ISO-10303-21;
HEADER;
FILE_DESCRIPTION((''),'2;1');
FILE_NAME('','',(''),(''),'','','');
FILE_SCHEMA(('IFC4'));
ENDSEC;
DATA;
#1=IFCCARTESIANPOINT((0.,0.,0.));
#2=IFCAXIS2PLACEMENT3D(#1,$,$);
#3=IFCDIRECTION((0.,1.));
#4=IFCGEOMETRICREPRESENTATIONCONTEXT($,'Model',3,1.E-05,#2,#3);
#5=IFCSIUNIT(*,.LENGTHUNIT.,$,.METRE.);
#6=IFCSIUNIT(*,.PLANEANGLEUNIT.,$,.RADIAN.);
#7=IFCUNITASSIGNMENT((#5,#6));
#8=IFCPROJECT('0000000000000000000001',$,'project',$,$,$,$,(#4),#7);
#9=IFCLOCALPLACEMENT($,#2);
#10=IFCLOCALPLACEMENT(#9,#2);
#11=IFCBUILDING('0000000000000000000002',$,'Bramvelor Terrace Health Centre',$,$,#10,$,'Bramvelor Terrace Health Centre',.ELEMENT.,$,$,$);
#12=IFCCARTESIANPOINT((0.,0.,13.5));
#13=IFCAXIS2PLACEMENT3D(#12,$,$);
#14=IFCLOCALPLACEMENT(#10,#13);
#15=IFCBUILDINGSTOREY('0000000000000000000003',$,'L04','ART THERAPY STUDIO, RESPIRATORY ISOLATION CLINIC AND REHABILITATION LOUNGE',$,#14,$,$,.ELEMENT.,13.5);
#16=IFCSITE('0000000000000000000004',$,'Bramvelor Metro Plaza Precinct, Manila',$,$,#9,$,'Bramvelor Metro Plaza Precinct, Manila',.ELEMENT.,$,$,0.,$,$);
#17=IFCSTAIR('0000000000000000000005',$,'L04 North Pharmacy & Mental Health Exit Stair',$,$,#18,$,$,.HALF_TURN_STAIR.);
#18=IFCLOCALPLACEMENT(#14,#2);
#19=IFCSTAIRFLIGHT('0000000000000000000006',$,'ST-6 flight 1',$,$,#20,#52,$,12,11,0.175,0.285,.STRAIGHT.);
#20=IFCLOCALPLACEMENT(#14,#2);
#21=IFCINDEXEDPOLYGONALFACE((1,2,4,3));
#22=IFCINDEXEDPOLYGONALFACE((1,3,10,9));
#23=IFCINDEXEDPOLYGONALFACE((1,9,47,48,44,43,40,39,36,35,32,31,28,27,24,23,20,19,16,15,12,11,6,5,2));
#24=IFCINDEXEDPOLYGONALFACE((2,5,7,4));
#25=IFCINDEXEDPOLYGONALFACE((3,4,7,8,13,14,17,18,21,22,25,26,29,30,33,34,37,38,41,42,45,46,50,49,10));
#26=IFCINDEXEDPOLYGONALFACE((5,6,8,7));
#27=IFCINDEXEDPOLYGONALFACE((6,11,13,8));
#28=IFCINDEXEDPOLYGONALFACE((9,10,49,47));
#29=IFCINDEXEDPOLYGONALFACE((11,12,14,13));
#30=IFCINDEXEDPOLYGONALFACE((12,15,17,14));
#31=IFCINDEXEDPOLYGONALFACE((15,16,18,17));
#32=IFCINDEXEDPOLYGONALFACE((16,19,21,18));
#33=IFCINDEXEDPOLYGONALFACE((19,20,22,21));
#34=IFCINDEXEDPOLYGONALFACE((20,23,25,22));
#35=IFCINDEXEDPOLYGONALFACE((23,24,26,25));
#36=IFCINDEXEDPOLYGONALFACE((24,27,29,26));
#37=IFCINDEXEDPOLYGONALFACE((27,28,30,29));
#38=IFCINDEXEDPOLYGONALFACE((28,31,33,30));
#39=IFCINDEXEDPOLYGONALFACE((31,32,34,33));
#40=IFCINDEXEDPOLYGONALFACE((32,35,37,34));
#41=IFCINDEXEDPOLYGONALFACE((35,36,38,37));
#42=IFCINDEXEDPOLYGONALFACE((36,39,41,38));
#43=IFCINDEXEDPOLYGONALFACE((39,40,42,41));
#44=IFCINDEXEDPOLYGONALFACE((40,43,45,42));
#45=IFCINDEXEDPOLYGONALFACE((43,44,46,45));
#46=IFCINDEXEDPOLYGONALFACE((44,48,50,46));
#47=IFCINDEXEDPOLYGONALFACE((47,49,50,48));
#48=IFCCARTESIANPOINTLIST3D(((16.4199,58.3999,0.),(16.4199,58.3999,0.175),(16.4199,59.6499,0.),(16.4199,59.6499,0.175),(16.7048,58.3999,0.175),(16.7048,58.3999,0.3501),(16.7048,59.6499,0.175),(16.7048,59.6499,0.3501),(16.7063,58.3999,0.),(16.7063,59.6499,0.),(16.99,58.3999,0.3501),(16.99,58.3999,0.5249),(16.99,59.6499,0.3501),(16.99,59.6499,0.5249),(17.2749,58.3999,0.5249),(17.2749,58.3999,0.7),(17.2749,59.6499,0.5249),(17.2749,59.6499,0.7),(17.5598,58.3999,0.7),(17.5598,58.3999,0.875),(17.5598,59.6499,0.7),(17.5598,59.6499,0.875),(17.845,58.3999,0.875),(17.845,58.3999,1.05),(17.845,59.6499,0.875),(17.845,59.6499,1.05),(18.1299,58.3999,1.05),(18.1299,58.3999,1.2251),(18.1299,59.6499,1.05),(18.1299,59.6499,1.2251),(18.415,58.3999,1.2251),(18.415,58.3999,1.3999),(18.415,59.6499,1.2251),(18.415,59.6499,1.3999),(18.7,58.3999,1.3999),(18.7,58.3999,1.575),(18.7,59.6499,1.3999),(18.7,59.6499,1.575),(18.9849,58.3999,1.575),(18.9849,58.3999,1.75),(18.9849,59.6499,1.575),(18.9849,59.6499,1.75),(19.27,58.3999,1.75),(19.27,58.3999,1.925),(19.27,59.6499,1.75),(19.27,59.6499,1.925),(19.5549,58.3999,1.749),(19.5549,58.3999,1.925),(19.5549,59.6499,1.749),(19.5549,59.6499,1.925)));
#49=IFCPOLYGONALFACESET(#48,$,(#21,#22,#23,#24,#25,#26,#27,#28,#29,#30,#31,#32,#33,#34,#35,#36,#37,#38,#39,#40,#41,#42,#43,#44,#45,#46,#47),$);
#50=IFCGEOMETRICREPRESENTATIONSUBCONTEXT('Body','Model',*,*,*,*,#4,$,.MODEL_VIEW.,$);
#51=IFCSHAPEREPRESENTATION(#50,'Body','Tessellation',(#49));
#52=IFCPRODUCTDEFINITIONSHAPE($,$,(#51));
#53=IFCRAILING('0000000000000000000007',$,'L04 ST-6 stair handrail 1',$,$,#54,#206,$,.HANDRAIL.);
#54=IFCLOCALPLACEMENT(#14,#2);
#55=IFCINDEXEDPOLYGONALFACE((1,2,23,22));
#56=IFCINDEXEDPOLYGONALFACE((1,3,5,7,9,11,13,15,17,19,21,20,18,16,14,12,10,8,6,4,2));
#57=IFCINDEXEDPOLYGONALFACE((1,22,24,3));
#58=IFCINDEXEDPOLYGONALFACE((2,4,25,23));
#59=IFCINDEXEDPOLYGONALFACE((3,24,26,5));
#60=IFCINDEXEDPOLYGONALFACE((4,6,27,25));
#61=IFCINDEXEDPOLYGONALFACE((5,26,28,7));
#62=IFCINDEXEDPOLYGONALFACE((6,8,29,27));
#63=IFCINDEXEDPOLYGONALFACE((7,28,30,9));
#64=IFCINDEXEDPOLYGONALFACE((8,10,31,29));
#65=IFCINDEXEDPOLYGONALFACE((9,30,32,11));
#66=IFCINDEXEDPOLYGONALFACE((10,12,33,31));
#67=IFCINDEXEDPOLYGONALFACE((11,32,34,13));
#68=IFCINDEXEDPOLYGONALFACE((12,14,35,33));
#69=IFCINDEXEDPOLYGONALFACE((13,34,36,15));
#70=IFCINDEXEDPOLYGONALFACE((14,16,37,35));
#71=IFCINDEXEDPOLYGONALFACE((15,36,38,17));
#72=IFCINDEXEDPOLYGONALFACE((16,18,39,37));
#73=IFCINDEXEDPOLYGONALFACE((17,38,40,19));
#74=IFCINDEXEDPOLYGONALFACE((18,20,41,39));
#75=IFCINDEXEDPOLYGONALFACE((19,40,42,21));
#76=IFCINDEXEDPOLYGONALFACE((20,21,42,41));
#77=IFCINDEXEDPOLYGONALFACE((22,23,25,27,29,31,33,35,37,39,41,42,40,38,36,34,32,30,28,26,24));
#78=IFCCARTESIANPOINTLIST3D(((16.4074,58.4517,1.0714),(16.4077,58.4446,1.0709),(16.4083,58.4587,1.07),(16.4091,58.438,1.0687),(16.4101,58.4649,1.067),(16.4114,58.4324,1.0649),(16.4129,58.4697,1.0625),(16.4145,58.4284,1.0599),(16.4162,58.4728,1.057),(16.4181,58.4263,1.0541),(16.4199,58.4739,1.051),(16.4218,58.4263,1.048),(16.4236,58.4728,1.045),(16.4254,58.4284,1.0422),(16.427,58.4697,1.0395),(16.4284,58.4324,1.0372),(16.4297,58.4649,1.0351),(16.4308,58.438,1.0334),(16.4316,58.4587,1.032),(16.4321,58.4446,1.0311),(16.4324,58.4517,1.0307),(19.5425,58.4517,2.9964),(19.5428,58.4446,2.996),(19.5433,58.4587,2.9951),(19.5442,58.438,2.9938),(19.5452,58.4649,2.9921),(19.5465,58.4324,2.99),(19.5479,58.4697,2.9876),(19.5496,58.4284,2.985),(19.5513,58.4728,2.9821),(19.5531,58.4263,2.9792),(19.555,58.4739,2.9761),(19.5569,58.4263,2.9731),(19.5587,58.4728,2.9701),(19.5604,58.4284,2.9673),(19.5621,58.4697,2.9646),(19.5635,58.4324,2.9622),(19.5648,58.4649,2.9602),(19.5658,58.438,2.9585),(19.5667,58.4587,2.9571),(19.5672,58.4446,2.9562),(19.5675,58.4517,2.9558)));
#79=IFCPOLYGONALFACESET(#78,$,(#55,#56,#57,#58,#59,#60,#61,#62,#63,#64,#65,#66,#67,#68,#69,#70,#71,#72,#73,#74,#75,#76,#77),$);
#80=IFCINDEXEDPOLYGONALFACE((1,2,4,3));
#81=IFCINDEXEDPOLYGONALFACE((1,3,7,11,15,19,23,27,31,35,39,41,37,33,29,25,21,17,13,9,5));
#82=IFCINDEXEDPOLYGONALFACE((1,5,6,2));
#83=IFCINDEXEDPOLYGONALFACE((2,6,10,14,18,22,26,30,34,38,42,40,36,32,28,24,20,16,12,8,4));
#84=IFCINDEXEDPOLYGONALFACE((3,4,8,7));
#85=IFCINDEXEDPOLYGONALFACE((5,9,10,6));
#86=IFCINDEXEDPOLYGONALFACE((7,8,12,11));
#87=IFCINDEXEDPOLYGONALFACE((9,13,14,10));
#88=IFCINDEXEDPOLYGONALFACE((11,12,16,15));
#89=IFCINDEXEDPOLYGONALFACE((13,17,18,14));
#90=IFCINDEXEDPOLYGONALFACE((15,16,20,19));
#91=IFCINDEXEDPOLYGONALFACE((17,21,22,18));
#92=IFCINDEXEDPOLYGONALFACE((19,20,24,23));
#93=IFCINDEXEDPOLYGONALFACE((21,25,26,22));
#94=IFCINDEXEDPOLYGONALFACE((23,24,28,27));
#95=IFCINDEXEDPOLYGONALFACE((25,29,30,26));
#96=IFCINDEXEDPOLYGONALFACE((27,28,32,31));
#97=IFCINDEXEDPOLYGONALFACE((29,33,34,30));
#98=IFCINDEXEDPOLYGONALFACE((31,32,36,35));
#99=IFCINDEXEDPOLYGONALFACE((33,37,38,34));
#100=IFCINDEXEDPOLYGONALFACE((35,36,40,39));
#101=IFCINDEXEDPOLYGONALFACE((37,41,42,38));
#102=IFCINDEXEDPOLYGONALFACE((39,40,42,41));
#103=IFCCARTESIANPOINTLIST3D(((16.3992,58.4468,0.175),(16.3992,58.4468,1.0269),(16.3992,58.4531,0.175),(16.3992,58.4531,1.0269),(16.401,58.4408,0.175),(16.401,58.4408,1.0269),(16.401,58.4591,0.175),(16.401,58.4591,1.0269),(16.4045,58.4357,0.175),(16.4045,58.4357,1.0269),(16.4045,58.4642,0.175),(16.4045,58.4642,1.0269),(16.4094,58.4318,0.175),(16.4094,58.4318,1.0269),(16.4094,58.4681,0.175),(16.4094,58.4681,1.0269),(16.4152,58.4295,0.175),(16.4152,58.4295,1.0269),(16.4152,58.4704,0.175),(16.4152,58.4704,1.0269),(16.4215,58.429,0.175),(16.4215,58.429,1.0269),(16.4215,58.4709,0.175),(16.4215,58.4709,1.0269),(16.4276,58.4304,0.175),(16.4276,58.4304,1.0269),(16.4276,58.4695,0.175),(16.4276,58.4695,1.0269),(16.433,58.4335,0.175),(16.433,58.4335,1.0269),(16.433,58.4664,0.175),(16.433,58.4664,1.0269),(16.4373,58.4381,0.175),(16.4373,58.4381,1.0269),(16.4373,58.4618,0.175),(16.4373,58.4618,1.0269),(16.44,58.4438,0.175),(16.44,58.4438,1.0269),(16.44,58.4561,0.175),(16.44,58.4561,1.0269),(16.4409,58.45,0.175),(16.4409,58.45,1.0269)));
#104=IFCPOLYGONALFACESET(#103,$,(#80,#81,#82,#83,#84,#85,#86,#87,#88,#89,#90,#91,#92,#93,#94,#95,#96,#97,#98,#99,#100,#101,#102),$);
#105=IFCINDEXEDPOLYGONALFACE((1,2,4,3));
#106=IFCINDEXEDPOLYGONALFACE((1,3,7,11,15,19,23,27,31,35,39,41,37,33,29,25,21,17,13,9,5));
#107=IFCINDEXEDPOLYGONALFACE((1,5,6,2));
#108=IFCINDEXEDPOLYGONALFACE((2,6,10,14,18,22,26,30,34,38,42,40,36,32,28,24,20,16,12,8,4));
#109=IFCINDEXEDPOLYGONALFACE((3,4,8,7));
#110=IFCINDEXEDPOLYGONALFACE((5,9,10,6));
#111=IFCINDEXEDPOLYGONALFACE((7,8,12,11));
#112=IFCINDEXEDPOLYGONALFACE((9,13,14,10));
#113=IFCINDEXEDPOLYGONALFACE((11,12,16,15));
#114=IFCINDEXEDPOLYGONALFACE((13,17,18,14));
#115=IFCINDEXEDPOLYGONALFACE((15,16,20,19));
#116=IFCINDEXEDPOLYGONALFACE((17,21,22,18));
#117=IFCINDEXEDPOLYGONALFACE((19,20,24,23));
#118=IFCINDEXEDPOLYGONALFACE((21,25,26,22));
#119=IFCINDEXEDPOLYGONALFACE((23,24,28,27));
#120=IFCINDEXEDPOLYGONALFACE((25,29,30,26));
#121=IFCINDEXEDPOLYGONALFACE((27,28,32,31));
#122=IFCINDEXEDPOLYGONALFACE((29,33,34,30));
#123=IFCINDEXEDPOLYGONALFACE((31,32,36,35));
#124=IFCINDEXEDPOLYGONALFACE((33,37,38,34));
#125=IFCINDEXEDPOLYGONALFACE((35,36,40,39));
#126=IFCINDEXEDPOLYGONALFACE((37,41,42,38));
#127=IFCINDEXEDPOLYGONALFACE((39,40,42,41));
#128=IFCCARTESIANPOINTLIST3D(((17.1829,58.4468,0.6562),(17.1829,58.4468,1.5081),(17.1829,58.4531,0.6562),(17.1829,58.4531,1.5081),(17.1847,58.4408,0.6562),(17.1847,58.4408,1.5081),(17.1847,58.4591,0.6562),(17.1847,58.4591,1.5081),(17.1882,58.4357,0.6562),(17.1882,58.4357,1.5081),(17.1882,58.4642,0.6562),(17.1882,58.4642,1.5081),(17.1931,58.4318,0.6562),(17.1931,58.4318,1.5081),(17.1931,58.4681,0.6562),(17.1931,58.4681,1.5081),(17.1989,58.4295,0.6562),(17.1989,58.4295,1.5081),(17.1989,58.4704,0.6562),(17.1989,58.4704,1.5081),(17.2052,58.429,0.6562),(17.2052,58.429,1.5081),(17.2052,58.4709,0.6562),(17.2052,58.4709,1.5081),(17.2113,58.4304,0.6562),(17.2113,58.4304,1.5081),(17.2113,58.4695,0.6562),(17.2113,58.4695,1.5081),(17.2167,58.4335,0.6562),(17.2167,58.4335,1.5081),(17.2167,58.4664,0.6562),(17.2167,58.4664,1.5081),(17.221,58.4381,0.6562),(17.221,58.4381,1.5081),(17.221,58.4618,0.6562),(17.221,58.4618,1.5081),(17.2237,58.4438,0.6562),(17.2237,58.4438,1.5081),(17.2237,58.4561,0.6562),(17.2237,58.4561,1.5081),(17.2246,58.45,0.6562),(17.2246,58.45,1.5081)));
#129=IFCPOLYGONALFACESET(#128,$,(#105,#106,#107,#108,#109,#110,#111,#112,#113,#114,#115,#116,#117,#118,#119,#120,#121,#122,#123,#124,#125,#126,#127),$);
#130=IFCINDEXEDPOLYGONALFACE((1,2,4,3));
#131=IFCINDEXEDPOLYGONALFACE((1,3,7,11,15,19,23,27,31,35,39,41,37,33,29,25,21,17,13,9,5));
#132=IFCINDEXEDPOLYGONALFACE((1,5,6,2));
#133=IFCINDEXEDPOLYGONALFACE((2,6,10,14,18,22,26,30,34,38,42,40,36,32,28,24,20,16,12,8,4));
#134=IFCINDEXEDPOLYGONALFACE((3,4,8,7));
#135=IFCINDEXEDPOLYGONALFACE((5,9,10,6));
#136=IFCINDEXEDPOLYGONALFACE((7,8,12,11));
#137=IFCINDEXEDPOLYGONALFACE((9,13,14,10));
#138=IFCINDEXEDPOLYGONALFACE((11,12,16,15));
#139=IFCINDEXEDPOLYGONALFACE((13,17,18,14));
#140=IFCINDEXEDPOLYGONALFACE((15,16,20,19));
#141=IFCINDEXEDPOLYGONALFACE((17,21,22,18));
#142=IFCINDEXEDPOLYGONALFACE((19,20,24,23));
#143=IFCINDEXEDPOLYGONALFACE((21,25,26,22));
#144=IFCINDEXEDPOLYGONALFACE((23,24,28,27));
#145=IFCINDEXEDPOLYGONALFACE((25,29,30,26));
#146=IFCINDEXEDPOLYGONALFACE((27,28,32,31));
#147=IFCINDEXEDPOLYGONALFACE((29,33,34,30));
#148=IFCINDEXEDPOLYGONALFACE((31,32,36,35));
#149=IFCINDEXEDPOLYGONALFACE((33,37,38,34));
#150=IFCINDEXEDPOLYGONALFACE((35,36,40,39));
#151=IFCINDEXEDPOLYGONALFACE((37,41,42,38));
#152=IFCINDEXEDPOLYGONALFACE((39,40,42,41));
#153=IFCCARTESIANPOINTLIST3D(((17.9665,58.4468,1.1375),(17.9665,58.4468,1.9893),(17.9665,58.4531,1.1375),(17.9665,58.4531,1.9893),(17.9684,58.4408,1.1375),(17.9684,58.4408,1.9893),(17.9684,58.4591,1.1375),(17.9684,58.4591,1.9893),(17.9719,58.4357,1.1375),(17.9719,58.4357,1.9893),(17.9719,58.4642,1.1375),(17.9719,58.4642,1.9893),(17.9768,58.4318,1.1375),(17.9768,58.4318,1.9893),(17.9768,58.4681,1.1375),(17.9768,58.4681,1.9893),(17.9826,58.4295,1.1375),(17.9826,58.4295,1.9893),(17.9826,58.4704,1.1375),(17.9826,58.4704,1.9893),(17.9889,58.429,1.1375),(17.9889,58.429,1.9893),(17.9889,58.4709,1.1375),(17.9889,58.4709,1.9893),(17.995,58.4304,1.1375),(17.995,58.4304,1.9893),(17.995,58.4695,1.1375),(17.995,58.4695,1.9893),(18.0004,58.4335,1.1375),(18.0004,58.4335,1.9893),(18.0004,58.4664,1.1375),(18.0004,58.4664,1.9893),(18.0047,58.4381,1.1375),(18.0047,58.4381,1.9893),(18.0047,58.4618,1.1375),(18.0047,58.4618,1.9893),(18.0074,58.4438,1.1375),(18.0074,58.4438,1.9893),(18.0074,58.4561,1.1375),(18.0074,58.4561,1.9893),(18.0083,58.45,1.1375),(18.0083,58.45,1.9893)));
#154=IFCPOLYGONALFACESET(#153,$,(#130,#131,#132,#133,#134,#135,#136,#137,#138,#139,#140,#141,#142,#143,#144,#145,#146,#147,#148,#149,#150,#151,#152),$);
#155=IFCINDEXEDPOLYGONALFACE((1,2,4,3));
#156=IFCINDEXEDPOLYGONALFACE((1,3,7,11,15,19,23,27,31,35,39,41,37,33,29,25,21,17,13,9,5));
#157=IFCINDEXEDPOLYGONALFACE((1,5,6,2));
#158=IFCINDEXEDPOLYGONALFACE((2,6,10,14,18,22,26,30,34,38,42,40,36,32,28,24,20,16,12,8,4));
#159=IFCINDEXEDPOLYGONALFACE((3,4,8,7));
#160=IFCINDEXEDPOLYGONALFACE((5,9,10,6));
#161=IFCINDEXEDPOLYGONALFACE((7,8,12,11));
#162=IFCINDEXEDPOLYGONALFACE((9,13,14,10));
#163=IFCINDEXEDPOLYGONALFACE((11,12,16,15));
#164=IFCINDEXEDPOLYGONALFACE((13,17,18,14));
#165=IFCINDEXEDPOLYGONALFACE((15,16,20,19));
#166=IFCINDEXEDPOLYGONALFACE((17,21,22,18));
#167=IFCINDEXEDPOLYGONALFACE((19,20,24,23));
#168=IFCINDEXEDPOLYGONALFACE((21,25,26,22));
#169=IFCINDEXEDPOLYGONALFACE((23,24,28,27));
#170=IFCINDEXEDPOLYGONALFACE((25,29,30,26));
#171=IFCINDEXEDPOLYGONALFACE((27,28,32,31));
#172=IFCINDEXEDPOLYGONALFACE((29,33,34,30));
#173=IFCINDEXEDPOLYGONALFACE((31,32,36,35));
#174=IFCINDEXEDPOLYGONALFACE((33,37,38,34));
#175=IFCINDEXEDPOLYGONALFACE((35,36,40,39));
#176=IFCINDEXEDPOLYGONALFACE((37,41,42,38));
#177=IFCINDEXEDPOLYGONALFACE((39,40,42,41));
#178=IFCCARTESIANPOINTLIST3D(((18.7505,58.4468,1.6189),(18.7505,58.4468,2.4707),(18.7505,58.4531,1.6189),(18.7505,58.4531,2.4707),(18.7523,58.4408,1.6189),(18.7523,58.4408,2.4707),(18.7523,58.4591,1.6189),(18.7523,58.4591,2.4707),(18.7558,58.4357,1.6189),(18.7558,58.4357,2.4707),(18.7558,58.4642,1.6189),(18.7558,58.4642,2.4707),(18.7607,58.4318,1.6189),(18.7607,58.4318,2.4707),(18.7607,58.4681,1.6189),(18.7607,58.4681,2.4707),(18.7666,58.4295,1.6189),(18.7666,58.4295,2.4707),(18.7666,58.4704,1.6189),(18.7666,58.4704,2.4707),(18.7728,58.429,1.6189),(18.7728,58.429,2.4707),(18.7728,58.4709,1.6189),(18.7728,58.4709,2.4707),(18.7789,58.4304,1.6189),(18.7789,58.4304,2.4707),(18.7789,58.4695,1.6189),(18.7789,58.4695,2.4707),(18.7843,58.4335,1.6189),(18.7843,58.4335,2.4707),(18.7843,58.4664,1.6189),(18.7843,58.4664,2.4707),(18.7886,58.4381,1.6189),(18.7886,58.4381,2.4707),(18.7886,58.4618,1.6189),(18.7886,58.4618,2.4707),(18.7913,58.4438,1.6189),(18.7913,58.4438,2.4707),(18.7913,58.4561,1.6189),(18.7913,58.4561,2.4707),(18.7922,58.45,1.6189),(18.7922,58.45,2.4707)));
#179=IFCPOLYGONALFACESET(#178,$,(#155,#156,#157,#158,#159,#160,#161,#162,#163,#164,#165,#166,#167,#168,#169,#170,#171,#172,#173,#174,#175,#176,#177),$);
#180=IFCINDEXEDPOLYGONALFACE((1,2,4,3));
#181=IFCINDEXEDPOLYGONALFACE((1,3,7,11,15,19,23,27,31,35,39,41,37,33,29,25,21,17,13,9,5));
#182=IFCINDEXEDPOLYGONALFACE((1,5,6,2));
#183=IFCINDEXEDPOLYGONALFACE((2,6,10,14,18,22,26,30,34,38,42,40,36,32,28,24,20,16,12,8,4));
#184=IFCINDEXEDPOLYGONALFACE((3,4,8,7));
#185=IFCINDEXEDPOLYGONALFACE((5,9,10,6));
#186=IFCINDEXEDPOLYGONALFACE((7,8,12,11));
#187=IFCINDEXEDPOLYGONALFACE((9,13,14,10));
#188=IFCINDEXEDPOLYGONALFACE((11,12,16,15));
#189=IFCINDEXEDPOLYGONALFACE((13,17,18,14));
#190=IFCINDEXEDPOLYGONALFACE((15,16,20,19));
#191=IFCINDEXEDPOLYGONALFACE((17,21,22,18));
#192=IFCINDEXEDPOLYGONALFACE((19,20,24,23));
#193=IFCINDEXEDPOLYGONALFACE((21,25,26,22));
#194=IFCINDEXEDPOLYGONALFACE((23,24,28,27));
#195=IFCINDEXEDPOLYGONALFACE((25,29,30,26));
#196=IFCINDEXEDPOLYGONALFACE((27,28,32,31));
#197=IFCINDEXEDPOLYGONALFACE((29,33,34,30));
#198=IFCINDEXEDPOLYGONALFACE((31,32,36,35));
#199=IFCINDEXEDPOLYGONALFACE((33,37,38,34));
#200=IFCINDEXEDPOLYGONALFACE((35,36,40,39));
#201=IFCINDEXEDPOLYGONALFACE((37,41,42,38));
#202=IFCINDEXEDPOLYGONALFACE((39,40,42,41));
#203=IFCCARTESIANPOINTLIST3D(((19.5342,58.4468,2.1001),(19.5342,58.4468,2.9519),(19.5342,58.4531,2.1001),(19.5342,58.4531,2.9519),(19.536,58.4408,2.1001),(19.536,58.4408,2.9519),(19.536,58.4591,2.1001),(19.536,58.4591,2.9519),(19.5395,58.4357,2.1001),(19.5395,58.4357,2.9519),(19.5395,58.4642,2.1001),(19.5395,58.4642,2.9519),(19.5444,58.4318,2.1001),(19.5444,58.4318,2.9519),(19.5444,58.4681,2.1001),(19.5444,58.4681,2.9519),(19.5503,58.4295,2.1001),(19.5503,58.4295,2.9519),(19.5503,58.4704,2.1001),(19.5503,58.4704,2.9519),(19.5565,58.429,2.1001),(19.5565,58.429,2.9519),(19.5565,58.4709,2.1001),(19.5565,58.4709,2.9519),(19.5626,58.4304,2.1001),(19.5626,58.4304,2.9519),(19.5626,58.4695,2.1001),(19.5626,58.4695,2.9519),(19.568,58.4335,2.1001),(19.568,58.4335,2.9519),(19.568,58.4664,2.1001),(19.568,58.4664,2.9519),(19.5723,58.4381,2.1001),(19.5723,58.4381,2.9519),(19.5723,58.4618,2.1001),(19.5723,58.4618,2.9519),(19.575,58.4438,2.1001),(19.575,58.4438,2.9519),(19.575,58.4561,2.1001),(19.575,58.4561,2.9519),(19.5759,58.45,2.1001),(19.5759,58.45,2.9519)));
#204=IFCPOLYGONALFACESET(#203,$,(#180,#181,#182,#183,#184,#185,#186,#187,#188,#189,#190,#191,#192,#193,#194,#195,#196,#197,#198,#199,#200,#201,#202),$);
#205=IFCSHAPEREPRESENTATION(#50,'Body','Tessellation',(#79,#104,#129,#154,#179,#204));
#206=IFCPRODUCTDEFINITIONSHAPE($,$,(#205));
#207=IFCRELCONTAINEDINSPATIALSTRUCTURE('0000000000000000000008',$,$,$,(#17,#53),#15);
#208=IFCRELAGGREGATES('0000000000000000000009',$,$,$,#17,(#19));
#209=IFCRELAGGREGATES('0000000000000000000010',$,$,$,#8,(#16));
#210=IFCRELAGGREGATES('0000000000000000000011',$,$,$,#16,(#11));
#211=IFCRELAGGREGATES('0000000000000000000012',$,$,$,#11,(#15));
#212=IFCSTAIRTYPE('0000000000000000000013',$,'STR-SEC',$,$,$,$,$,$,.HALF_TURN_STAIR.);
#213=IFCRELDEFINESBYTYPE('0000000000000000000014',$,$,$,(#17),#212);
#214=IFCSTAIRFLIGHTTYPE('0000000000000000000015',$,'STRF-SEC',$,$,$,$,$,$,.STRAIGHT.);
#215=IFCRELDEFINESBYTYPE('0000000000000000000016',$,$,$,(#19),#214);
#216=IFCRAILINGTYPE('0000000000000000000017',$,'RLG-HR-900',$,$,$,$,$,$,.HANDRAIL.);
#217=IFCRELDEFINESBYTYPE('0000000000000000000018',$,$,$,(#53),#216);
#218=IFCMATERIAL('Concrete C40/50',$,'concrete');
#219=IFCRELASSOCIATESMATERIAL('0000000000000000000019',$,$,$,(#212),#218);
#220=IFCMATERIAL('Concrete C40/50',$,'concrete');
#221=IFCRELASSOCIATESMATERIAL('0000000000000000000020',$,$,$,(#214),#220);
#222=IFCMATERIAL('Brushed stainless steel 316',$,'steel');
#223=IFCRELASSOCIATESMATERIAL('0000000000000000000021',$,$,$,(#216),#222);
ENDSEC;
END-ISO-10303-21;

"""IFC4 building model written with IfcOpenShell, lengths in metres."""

from ifc_helpers import new_model, si_unit, direction, frame, origin, origin_2d, place, context, subcontext, project, spatial, polyline, circle, outline, extrude, material, type_object, element, aggregate, save


model = new_model("IFC4")

# Units and contexts
model_context = context("Model", 3, precision=1e-05, world=origin(), true_north=direction((0.0, 1.0)))
body_context = subcontext(model_context, "Body", "Model", "MODEL_VIEW")
ifc_project = project(units=[si_unit("LENGTHUNIT", "METRE"), si_unit("PLANEANGLEUNIT", "RADIAN")], contexts=[model_context])

# Site, building, storey
site_placement = place(None, origin())
site = spatial("IfcSite", under=ifc_project, at=site_placement, Name="Bramvelor Metro Plaza Precinct, Manila", LongName="Bramvelor Metro Plaza Precinct, Manila", CompositionType="ELEMENT", RefElevation=0.0)
building_placement = place(site_placement, origin())
building = spatial("IfcBuilding", under=site, at=building_placement, Name="Bramvelor Terrace Health Centre", LongName="Bramvelor Terrace Health Centre", CompositionType="ELEMENT")
storey_placement = place(building_placement, frame((0.0, 0.0, 13.5)))
storey = spatial("IfcBuildingStorey", under=building, at=storey_placement, Name="L04", Description="ART THERAPY STUDIO, RESPIRATORY ISOLATION CLINIC AND REHABILITATION LOUNGE", CompositionType="ELEMENT", Elevation=13.5)

# Stair, stair flight
ifc_material_1 = material(Name="Concrete C40/50", Category="concrete")
stair_type = type_object("IfcStairType", Name="STR-SEC", PredefinedType="HALF_TURN_STAIR", material=ifc_material_1)
stair_placement = place(storey_placement, origin())
stair = element("IfcStair", 1, at=stair_placement, inside=storey, type_object=stair_type, Name="L04 North Pharmacy & Mental Health Exit Stair", PredefinedType="HALF_TURN_STAIR")
ifc_material_2 = material(Name="Concrete C40/50", Category="concrete")
stair_flight_type = type_object("IfcStairFlightType", Name="STRF-SEC", PredefinedType="STRAIGHT", material=ifc_material_2)
stair_flight_placement = place(storey_placement, frame((16.4199, 59.0249, 0.0), z_axis=(0.0, 0.0, 1.0), x_axis=(1.0, 0.0, 0.0)))
stair_flight = element("IfcStairFlight", 2, at=stair_flight_placement, type_object=stair_flight_type, Name="ST-6 flight 1", NumberOfRisers=12, NumberOfTreads=11, PredefinedType="STRAIGHT", RiserHeight=0.175, TreadLength=0.285, context=body_context, shape_type="SweptSolid", body=[
    extrude(outline(polyline([(0.0, 0.0), (0.0, 0.175), (0.2849, 0.175), (0.2849, 0.3501), (0.5701, 0.3501), (0.5701, 0.5249), (0.855, 0.5249), (0.855, 0.7), (1.1399, 0.7), (1.1399, 0.875), (1.425, 0.875), (1.425, 1.05), (1.71, 1.05), (1.71, 1.2251), (1.9951, 1.2251), (1.9951, 1.3999), (2.28, 1.3999), (2.28, 1.575), (2.5649, 1.575), (2.5649, 1.75), (2.8501, 1.75), (2.8501, 1.925), (3.135, 1.925), (3.135, 2.1001), (3.135, 1.749), (0.2864, 0.0), (0.0, 0.0)])), frame((0.0, 0.625, 0.0), z_axis=(0.0, -1.0, 0.0), x_axis=(1.0, 0.0, 0.0)), (0.0, 0.0, 1.0), 1.25),
])
aggregate(stair, [stair_flight])

# Railing
ifc_material_3 = material(Name="Brushed stainless steel 316", Category="steel")
railing_type = type_object("IfcRailingType", Name="RLG-HR-900", PredefinedType="HANDRAIL", material=ifc_material_3)
railing_placement = place(storey_placement, frame((16.4199, 58.45, 0.175)))
element("IfcRailing", 3, at=railing_placement, inside=storey, type_object=railing_type, Name="L04 ST-6 stair handrail 1", PredefinedType="HANDRAIL", context=body_context, shape_type="SweptSolid", body=[
    extrude(circle(Radius=0.0239, at=origin_2d()), frame((0.0, 0.0, 0.876), z_axis=(0.852166, 0.0, 0.523271), x_axis=(0.0, 1.0, 0.0)), (0.0, 0.0, 1.0), 3.679),
    extrude(circle(Radius=0.021, at=origin_2d()), origin(), (0.0, 0.0, 1.0), 0.8518),
    extrude(circle(Radius=0.021, at=origin_2d()), frame((0.7837, 0.0, 0.4812)), (0.0, 0.0, 1.0), 0.8518),
    extrude(circle(Radius=0.021, at=origin_2d()), frame((1.5674, 0.0, 0.9624)), (0.0, 0.0, 1.0), 0.8518),
    extrude(circle(Radius=0.021, at=origin_2d()), frame((2.3513, 0.0, 1.4438)), (0.0, 0.0, 1.0), 0.8518),
    extrude(circle(Radius=0.021, at=origin_2d()), frame((3.135, 0.0, 1.925)), (0.0, 0.0, 1.0), 0.8518),
])

save(model, "model.ifc")
